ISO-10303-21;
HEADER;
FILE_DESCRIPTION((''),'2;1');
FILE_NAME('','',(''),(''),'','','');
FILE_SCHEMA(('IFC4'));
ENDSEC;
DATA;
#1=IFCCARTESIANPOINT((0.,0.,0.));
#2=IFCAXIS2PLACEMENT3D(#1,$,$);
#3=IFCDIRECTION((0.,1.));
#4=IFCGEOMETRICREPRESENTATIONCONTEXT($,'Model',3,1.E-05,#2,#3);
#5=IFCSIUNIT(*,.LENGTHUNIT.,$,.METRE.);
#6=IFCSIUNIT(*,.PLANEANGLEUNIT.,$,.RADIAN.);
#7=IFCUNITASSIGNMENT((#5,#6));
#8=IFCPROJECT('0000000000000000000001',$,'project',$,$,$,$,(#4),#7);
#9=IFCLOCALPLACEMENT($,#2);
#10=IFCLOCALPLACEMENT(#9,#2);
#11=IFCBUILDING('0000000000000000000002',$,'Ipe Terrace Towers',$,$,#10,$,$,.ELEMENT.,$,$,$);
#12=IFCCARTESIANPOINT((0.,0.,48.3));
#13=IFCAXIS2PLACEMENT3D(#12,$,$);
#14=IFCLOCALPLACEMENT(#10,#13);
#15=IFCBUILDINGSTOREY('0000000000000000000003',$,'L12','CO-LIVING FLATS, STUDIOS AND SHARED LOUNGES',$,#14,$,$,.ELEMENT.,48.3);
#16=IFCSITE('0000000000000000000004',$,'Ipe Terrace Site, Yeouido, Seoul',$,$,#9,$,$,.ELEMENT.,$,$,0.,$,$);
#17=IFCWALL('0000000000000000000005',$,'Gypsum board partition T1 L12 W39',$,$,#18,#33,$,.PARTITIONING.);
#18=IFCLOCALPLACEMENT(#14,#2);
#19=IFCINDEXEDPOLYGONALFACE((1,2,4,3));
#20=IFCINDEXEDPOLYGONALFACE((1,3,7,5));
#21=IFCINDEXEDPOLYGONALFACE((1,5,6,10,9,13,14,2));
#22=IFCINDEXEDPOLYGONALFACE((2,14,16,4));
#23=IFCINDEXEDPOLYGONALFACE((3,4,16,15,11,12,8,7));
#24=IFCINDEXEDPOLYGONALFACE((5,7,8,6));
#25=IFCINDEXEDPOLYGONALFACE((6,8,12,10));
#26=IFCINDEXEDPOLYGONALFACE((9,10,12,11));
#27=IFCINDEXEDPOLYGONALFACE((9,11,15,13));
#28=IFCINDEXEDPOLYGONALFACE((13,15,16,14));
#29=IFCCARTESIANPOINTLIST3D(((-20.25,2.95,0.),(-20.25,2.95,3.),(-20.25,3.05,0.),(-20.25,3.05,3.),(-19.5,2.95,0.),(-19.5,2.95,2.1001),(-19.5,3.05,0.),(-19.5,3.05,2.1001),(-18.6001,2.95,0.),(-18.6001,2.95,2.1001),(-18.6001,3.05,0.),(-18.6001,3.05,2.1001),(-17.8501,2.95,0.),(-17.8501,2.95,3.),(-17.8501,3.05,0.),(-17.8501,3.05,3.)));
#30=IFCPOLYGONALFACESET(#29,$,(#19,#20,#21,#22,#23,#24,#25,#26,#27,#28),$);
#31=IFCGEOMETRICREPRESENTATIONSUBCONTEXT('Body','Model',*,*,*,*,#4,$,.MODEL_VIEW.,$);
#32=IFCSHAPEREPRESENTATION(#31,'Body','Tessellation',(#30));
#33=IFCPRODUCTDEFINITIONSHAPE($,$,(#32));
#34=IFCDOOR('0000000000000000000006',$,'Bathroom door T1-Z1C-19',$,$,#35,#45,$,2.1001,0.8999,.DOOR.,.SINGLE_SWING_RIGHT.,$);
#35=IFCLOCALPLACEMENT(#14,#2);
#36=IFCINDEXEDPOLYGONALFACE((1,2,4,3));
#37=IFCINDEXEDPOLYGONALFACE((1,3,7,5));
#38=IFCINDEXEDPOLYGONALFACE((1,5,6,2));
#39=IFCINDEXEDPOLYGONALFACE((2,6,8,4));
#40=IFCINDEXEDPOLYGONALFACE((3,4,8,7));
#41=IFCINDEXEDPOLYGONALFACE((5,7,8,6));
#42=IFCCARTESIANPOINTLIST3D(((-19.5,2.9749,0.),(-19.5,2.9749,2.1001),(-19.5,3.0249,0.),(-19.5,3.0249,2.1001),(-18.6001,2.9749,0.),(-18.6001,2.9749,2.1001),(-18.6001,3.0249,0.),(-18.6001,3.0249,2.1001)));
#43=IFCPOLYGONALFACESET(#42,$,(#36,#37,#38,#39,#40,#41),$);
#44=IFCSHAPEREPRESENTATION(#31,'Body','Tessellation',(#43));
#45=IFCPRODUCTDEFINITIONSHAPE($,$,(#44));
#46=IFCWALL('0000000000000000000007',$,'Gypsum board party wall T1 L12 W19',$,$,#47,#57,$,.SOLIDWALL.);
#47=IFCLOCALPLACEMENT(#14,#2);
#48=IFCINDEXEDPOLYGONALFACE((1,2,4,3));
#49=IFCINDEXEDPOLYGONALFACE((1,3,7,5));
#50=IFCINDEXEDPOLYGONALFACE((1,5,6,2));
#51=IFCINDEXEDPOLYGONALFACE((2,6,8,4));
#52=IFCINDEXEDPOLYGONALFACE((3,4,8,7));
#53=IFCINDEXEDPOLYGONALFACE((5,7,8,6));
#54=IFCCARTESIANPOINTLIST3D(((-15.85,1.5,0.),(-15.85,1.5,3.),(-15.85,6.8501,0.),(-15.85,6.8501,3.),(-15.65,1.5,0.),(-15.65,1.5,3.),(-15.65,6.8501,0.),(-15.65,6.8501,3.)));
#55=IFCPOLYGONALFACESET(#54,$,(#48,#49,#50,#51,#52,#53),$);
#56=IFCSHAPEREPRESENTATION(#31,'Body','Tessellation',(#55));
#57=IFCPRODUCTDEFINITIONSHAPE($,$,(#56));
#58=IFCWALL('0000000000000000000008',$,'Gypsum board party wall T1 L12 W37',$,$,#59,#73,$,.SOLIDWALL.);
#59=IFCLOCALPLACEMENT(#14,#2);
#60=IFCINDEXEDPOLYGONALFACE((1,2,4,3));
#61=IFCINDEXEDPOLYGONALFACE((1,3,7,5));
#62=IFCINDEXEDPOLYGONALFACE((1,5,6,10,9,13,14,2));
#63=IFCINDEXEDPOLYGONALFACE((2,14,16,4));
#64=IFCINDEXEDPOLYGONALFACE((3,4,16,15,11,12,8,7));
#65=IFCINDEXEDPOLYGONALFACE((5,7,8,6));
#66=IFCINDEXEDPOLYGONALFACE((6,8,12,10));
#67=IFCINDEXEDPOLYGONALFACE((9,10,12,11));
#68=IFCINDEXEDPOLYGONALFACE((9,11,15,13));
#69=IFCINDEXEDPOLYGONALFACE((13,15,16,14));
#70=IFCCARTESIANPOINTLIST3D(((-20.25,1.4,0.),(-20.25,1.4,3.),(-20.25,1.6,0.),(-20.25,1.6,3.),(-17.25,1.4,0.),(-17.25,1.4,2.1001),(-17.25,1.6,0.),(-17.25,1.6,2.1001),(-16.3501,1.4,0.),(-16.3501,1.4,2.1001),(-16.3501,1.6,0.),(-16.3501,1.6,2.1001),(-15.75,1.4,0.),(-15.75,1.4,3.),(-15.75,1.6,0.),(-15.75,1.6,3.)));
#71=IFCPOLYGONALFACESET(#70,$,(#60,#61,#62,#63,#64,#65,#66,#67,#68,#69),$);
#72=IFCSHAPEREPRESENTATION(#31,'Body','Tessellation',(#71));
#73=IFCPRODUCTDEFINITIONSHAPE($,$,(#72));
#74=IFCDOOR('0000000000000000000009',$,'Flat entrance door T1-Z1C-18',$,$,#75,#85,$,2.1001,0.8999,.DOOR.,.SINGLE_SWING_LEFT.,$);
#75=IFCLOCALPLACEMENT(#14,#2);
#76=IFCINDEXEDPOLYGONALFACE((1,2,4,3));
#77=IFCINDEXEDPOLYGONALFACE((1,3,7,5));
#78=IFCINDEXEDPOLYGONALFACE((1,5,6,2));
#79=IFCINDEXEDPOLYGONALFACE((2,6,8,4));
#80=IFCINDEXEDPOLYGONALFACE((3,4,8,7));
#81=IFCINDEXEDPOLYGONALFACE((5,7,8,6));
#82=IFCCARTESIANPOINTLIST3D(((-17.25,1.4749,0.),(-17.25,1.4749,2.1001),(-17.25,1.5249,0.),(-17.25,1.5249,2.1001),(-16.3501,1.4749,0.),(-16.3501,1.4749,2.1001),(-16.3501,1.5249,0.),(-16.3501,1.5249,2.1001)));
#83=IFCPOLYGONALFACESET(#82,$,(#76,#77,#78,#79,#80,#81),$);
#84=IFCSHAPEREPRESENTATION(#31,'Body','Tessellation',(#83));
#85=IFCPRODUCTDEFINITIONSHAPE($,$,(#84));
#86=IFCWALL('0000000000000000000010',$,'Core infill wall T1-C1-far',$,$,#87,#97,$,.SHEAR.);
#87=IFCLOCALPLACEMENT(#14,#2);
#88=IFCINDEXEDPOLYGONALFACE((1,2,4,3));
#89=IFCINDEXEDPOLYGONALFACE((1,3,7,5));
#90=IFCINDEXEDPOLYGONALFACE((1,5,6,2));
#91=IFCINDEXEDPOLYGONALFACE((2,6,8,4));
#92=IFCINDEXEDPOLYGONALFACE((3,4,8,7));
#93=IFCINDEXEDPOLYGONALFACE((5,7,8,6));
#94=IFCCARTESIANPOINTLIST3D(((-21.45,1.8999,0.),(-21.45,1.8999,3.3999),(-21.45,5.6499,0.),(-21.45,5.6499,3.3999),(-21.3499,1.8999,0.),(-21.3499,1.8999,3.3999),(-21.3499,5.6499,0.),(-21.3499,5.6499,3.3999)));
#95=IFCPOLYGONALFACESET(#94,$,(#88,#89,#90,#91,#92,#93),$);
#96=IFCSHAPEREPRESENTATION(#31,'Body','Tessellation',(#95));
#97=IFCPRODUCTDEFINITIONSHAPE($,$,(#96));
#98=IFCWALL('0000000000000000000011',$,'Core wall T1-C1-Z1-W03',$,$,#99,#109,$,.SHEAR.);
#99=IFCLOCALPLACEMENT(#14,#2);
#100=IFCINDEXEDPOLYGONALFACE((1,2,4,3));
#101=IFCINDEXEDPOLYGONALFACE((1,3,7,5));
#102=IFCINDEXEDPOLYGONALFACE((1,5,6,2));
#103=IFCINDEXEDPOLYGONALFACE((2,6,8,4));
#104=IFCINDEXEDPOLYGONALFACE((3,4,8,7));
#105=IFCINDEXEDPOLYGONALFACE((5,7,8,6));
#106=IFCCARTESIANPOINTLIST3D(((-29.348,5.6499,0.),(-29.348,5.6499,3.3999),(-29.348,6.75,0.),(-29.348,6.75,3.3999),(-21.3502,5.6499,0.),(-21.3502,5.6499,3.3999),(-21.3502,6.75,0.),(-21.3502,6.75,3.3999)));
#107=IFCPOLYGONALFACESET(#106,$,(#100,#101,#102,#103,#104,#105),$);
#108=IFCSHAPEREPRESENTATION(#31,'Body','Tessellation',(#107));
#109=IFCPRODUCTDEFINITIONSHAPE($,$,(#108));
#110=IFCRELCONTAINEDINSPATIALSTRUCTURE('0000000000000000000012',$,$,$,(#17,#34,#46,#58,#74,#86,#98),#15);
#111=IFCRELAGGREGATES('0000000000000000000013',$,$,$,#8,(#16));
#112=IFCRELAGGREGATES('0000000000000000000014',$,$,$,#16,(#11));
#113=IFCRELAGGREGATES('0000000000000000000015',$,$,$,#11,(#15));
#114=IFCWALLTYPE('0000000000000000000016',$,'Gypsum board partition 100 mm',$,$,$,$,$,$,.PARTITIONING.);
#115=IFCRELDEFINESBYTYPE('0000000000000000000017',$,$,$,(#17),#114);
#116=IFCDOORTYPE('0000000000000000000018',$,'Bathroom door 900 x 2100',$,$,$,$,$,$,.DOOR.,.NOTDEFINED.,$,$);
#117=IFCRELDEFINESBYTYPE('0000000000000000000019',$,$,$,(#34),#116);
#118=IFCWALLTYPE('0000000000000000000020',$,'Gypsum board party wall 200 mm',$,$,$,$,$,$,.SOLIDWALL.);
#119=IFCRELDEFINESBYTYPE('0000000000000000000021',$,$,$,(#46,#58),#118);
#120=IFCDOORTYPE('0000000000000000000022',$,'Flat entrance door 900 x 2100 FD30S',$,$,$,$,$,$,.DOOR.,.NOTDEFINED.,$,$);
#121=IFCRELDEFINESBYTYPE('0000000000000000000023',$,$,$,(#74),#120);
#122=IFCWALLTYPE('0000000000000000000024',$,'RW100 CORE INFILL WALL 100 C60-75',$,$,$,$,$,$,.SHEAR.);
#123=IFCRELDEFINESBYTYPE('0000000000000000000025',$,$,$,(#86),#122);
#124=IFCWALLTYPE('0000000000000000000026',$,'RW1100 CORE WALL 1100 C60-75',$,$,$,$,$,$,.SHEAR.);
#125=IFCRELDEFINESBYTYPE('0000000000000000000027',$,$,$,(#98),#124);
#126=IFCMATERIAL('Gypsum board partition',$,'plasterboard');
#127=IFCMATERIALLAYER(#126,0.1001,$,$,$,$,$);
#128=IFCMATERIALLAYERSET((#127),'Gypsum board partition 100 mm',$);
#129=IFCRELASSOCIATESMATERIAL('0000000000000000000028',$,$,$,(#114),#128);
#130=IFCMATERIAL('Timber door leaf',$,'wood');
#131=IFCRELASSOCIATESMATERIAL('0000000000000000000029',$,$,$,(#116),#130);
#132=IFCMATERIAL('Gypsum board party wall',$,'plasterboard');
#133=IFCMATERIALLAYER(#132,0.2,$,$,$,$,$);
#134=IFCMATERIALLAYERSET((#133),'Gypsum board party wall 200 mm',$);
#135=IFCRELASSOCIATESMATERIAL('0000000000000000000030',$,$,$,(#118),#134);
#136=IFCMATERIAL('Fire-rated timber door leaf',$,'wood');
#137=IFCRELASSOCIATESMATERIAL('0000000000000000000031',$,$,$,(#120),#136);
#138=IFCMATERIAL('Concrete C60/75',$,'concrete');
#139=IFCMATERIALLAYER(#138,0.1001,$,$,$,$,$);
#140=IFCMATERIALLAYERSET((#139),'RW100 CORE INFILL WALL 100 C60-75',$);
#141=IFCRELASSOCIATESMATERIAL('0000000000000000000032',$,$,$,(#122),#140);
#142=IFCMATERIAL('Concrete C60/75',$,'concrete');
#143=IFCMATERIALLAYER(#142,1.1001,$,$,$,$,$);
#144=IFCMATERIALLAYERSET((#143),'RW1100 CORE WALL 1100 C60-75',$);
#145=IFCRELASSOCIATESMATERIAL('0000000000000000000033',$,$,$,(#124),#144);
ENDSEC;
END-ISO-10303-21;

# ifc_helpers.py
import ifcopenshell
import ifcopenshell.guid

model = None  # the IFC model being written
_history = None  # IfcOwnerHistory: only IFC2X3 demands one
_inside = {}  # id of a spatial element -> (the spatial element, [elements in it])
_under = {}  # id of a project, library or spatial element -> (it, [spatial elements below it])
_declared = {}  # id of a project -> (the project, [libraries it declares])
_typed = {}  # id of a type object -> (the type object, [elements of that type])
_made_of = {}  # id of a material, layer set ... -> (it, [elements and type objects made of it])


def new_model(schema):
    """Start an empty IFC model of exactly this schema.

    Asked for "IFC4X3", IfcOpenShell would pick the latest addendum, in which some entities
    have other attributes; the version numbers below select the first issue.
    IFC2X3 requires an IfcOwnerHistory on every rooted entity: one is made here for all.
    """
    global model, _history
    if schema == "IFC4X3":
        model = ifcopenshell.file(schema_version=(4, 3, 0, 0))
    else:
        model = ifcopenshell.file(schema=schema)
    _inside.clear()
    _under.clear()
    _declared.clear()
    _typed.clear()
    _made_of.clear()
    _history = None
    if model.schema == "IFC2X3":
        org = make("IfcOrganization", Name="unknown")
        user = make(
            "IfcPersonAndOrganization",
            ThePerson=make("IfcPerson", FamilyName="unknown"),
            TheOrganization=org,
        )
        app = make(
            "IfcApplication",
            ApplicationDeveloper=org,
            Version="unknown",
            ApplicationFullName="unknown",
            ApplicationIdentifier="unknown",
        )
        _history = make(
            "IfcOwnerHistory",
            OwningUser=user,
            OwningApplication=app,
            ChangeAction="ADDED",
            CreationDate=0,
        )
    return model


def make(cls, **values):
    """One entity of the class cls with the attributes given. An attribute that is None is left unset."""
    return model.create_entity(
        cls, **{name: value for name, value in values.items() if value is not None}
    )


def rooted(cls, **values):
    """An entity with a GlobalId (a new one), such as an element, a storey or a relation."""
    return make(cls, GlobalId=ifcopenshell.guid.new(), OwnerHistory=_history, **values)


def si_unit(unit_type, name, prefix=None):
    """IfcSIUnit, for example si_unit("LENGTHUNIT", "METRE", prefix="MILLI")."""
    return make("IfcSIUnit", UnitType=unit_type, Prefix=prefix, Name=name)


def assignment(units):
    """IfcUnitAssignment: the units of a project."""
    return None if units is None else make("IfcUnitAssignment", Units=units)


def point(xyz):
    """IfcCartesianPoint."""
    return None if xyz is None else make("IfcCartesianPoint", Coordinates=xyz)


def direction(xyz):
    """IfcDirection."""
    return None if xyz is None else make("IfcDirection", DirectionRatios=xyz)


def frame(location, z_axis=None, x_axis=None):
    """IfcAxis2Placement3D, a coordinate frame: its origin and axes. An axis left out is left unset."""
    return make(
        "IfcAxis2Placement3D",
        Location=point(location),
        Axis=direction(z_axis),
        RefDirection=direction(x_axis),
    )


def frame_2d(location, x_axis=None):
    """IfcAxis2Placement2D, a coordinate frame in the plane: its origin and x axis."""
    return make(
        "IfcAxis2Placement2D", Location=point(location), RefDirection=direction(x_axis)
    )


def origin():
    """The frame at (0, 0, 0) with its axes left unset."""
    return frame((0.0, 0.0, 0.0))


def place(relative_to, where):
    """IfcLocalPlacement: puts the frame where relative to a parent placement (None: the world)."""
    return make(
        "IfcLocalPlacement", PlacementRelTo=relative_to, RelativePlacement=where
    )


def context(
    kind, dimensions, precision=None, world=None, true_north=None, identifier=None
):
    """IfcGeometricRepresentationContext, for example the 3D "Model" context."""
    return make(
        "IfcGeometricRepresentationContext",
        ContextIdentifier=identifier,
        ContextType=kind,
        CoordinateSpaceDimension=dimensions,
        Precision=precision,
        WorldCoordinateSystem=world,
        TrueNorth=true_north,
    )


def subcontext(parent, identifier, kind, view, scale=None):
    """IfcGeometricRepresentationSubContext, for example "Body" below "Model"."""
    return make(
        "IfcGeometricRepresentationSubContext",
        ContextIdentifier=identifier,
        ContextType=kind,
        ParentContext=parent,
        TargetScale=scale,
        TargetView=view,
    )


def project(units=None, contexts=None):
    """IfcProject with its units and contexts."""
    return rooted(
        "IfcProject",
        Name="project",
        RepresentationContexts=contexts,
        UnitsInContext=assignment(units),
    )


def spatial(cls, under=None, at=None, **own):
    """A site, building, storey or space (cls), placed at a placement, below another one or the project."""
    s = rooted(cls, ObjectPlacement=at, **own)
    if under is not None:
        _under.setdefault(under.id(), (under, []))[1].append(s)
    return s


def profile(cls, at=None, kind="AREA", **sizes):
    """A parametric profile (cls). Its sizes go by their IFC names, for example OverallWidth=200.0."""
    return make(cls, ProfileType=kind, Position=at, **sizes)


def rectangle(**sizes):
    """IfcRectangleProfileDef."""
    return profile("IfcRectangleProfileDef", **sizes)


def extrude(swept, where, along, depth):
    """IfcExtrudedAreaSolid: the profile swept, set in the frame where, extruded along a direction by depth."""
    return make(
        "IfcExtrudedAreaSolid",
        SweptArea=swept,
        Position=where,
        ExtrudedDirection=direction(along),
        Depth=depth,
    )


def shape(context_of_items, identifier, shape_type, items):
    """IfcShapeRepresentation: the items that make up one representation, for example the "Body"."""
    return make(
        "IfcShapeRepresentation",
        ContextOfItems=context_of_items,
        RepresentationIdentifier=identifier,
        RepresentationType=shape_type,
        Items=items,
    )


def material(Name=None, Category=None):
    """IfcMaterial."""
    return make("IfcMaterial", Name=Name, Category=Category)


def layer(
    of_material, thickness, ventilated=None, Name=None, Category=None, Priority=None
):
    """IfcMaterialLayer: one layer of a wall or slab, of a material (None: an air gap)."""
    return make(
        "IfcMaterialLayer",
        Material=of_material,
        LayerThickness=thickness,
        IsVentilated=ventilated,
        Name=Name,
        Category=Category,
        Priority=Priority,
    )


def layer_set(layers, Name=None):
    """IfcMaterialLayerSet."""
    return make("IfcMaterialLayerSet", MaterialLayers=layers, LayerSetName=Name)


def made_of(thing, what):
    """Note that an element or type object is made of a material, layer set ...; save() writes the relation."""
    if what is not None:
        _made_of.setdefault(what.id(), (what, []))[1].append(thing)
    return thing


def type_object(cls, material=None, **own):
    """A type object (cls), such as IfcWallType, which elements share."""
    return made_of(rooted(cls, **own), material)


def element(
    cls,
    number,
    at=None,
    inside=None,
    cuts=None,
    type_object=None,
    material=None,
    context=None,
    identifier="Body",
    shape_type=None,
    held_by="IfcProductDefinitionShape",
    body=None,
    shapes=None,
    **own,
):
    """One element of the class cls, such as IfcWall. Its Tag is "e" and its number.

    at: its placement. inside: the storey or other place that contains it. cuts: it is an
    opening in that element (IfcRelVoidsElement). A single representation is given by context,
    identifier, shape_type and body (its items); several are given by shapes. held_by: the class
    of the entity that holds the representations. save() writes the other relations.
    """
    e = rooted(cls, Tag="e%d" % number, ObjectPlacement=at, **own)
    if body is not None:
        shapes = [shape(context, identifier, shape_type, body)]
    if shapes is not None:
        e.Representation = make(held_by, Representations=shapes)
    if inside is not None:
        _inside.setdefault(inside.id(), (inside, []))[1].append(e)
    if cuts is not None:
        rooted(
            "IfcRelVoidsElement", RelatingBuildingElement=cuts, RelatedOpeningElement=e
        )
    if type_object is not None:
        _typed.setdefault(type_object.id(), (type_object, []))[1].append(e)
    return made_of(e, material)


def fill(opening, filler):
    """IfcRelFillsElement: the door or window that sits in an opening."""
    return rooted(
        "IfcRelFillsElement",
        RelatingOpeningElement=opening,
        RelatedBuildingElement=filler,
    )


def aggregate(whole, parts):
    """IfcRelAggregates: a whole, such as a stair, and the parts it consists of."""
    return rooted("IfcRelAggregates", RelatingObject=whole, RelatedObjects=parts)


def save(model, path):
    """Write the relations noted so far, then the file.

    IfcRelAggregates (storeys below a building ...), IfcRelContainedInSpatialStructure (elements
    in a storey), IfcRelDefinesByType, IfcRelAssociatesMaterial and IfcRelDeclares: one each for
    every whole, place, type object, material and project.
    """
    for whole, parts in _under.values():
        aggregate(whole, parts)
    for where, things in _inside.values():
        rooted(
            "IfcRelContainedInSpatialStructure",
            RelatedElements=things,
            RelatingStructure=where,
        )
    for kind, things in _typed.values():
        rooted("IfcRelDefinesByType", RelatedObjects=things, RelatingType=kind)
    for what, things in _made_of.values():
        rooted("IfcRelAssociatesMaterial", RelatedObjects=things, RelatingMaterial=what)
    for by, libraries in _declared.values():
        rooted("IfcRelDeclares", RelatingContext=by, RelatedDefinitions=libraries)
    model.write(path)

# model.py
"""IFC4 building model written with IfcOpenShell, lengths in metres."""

from ifc_helpers import new_model, si_unit, direction, frame, frame_2d, origin, place, context, subcontext, project, spatial, rectangle, extrude, material, layer, layer_set, type_object, element, fill, save


model = new_model("IFC4")

# Units and contexts
model_context = context("Model", 3, precision=1e-05, world=origin(), true_north=direction((0.0, 1.0)))
body_context = subcontext(model_context, "Body", "Model", "MODEL_VIEW")
ifc_project = project(units=[si_unit("LENGTHUNIT", "METRE"), si_unit("PLANEANGLEUNIT", "RADIAN")], contexts=[model_context])

# Site, building, storey
site_placement = place(None, origin())
site = spatial("IfcSite", under=ifc_project, at=site_placement, Name="Ipe Terrace Site, Yeouido, Seoul", CompositionType="ELEMENT", RefElevation=0.0)
building_placement = place(site_placement, origin())
building = spatial("IfcBuilding", under=site, at=building_placement, Name="Ipe Terrace Towers", CompositionType="ELEMENT")
storey_placement = place(building_placement, frame((0.0, 0.0, 48.3)))
storey = spatial("IfcBuildingStorey", under=building, at=storey_placement, Name="L12", Description="CO-LIVING FLATS, STUDIOS AND SHARED LOUNGES", CompositionType="ELEMENT", Elevation=48.3)

# Shared definitions
ifc_material_1 = material(Name="Gypsum board partition", Category="plasterboard")
ifc_layer_1 = layer(ifc_material_1, 0.1001)
ifc_layer_set_1 = layer_set([ifc_layer_1], Name="Gypsum board partition 100 mm")
wall_type_1 = type_object("IfcWallType", Name="Gypsum board partition 100 mm", PredefinedType="PARTITIONING", material=ifc_layer_set_1)

# Wall, opening, door
wall_1_placement = place(storey_placement, frame((-20.25, 3.0, 0.0), z_axis=(0.0, 0.0, 1.0), x_axis=(1.0, 0.0, 0.0)))
wall_1 = element("IfcWall", 1, at=wall_1_placement, inside=storey, type_object=wall_type_1, Name="Gypsum board partition T1 L12 W39", PredefinedType="PARTITIONING", context=body_context, shape_type="SweptSolid", body=[
    extrude(rectangle(XDim=2.3999, YDim=0.1001, at=frame_2d((1.2, 0.0))), origin(), (0.0, 0.0, 1.0), 3.0),
])
opening_1_placement = place(wall_1_placement, frame((0.75, 0.0, 0.0)))
opening_1 = element("IfcOpeningElement", 2, at=opening_1_placement, cuts=wall_1, PredefinedType="OPENING", context=body_context, shape_type="SweptSolid", body=[
    extrude(rectangle(XDim=0.8999, YDim=2.1001, at=frame_2d((0.45, 1.05))), frame((0.0, 0.0601, 0.0), z_axis=(0.0, -1.0, 0.0), x_axis=(1.0, 0.0, 0.0)), (0.0, 0.0, 1.0), 0.1201),
])
ifc_material_2 = material(Name="Timber door leaf", Category="wood")
door_type_1 = type_object("IfcDoorType", Name="Bathroom door 900 x 2100", OperationType="NOTDEFINED", PredefinedType="DOOR", material=ifc_material_2)
door_1_placement = place(opening_1_placement, origin())
door_1 = element("IfcDoor", 3, at=door_1_placement, inside=storey, type_object=door_type_1, Name="Bathroom door T1-Z1C-19", OperationType="SINGLE_SWING_RIGHT", OverallHeight=2.1001, OverallWidth=0.8999, PredefinedType="DOOR", context=body_context, shape_type="SweptSolid", body=[
    extrude(rectangle(XDim=0.8999, YDim=2.1001, at=frame_2d((0.45, 1.05))), frame((0.0, 0.0249, 0.0), z_axis=(0.0, -1.0, 0.0), x_axis=(1.0, 0.0, 0.0)), (0.0, 0.0, 1.0), 0.05),
])
fill(opening_1, door_1)

# Wall
ifc_material_3 = material(Name="Gypsum board party wall", Category="plasterboard")
ifc_layer_2 = layer(ifc_material_3, 0.2)
ifc_layer_set_2 = layer_set([ifc_layer_2], Name="Gypsum board party wall 200 mm")
wall_type_2 = type_object("IfcWallType", Name="Gypsum board party wall 200 mm", PredefinedType="SOLIDWALL", material=ifc_layer_set_2)
wall_2_placement = place(storey_placement, frame((-15.75, 1.5, 0.0), z_axis=(0.0, 0.0, 1.0), x_axis=(0.0, 1.0, 0.0)))
element("IfcWall", 4, at=wall_2_placement, inside=storey, type_object=wall_type_2, Name="Gypsum board party wall T1 L12 W19", PredefinedType="SOLIDWALL", context=body_context, shape_type="SweptSolid", body=[
    extrude(rectangle(XDim=5.3501, YDim=0.2, at=frame_2d((2.675, 0.0))), origin(), (0.0, 0.0, 1.0), 3.0),
])

# Wall, opening, door
wall_3_placement = place(storey_placement, frame((-20.25, 1.5, 0.0), z_axis=(0.0, 0.0, 1.0), x_axis=(1.0, 0.0, 0.0)))
wall_3 = element("IfcWall", 5, at=wall_3_placement, inside=storey, type_object=wall_type_2, Name="Gypsum board party wall T1 L12 W37", PredefinedType="SOLIDWALL", context=body_context, shape_type="SweptSolid", body=[
    extrude(rectangle(XDim=4.5, YDim=0.2, at=frame_2d((2.25, 0.0))), origin(), (0.0, 0.0, 1.0), 3.0),
])
opening_2_placement = place(wall_3_placement, frame((3.0, 0.0, 0.0)))
opening_2 = element("IfcOpeningElement", 6, at=opening_2_placement, cuts=wall_3, PredefinedType="OPENING", context=body_context, shape_type="SweptSolid", body=[
    extrude(rectangle(XDim=0.8999, YDim=2.1001, at=frame_2d((0.45, 1.05))), frame((0.0, 0.1099, 0.0), z_axis=(0.0, -1.0, 0.0), x_axis=(1.0, 0.0, 0.0)), (0.0, 0.0, 1.0), 0.22),
])
ifc_material_4 = material(Name="Fire-rated timber door leaf", Category="wood")
door_type_2 = type_object("IfcDoorType", Name="Flat entrance door 900 x 2100 FD30S", OperationType="NOTDEFINED", PredefinedType="DOOR", material=ifc_material_4)
door_2_placement = place(opening_2_placement, origin())
door_2 = element("IfcDoor", 7, at=door_2_placement, inside=storey, type_object=door_type_2, Name="Flat entrance door T1-Z1C-18", OperationType="SINGLE_SWING_LEFT", OverallHeight=2.1001, OverallWidth=0.8999, PredefinedType="DOOR", context=body_context, shape_type="SweptSolid", body=[
    extrude(rectangle(XDim=0.8999, YDim=2.1001, at=frame_2d((0.45, 1.05))), frame((0.0, 0.0249, 0.0), z_axis=(0.0, -1.0, 0.0), x_axis=(1.0, 0.0, 0.0)), (0.0, 0.0, 1.0), 0.05),
])
fill(opening_2, door_2)

# Walls
ifc_material_5 = material(Name="Concrete C60/75", Category="concrete")
ifc_layer_3 = layer(ifc_material_5, 0.1001)
ifc_layer_set_3 = layer_set([ifc_layer_3], Name="RW100 CORE INFILL WALL 100 C60-75")
wall_type_3 = type_object("IfcWallType", Name="RW100 CORE INFILL WALL 100 C60-75", PredefinedType="SHEAR", material=ifc_layer_set_3)
wall_4_placement = place(storey_placement, frame((-21.3999, 1.8999, 0.0), z_axis=(0.0, 0.0, 1.0), x_axis=(0.0, 1.0, 0.0)))
element("IfcWall", 8, at=wall_4_placement, inside=storey, type_object=wall_type_3, Name="Core infill wall T1-C1-far", PredefinedType="SHEAR", context=body_context, shape_type="SweptSolid", body=[
    extrude(rectangle(XDim=3.75, YDim=0.1001, at=frame_2d((1.875, 0.0))), origin(), (0.0, 0.0, 1.0), 3.3999),
])
ifc_material_6 = material(Name="Concrete C60/75", Category="concrete")
ifc_layer_4 = layer(ifc_material_6, 1.1001)
ifc_layer_set_4 = layer_set([ifc_layer_4], Name="RW1100 CORE WALL 1100 C60-75")
wall_type_4 = type_object("IfcWallType", Name="RW1100 CORE WALL 1100 C60-75", PredefinedType="SHEAR", material=ifc_layer_set_4)
wall_5_placement = place(storey_placement, frame((-21.3501, 6.2, 0.0), z_axis=(0.0, 0.0, 1.0), x_axis=(-1.0, 0.0, 0.0)))
element("IfcWall", 9, at=wall_5_placement, inside=storey, type_object=wall_type_4, Name="Core wall T1-C1-Z1-W03", PredefinedType="SHEAR", context=body_context, shape_type="SweptSolid", body=[
    extrude(rectangle(XDim=7.9978, YDim=1.1001, at=frame_2d((3.999, 0.0))), origin(), (0.0, 0.0, 1.0), 3.3999),
])

save(model, "model.ifc")
